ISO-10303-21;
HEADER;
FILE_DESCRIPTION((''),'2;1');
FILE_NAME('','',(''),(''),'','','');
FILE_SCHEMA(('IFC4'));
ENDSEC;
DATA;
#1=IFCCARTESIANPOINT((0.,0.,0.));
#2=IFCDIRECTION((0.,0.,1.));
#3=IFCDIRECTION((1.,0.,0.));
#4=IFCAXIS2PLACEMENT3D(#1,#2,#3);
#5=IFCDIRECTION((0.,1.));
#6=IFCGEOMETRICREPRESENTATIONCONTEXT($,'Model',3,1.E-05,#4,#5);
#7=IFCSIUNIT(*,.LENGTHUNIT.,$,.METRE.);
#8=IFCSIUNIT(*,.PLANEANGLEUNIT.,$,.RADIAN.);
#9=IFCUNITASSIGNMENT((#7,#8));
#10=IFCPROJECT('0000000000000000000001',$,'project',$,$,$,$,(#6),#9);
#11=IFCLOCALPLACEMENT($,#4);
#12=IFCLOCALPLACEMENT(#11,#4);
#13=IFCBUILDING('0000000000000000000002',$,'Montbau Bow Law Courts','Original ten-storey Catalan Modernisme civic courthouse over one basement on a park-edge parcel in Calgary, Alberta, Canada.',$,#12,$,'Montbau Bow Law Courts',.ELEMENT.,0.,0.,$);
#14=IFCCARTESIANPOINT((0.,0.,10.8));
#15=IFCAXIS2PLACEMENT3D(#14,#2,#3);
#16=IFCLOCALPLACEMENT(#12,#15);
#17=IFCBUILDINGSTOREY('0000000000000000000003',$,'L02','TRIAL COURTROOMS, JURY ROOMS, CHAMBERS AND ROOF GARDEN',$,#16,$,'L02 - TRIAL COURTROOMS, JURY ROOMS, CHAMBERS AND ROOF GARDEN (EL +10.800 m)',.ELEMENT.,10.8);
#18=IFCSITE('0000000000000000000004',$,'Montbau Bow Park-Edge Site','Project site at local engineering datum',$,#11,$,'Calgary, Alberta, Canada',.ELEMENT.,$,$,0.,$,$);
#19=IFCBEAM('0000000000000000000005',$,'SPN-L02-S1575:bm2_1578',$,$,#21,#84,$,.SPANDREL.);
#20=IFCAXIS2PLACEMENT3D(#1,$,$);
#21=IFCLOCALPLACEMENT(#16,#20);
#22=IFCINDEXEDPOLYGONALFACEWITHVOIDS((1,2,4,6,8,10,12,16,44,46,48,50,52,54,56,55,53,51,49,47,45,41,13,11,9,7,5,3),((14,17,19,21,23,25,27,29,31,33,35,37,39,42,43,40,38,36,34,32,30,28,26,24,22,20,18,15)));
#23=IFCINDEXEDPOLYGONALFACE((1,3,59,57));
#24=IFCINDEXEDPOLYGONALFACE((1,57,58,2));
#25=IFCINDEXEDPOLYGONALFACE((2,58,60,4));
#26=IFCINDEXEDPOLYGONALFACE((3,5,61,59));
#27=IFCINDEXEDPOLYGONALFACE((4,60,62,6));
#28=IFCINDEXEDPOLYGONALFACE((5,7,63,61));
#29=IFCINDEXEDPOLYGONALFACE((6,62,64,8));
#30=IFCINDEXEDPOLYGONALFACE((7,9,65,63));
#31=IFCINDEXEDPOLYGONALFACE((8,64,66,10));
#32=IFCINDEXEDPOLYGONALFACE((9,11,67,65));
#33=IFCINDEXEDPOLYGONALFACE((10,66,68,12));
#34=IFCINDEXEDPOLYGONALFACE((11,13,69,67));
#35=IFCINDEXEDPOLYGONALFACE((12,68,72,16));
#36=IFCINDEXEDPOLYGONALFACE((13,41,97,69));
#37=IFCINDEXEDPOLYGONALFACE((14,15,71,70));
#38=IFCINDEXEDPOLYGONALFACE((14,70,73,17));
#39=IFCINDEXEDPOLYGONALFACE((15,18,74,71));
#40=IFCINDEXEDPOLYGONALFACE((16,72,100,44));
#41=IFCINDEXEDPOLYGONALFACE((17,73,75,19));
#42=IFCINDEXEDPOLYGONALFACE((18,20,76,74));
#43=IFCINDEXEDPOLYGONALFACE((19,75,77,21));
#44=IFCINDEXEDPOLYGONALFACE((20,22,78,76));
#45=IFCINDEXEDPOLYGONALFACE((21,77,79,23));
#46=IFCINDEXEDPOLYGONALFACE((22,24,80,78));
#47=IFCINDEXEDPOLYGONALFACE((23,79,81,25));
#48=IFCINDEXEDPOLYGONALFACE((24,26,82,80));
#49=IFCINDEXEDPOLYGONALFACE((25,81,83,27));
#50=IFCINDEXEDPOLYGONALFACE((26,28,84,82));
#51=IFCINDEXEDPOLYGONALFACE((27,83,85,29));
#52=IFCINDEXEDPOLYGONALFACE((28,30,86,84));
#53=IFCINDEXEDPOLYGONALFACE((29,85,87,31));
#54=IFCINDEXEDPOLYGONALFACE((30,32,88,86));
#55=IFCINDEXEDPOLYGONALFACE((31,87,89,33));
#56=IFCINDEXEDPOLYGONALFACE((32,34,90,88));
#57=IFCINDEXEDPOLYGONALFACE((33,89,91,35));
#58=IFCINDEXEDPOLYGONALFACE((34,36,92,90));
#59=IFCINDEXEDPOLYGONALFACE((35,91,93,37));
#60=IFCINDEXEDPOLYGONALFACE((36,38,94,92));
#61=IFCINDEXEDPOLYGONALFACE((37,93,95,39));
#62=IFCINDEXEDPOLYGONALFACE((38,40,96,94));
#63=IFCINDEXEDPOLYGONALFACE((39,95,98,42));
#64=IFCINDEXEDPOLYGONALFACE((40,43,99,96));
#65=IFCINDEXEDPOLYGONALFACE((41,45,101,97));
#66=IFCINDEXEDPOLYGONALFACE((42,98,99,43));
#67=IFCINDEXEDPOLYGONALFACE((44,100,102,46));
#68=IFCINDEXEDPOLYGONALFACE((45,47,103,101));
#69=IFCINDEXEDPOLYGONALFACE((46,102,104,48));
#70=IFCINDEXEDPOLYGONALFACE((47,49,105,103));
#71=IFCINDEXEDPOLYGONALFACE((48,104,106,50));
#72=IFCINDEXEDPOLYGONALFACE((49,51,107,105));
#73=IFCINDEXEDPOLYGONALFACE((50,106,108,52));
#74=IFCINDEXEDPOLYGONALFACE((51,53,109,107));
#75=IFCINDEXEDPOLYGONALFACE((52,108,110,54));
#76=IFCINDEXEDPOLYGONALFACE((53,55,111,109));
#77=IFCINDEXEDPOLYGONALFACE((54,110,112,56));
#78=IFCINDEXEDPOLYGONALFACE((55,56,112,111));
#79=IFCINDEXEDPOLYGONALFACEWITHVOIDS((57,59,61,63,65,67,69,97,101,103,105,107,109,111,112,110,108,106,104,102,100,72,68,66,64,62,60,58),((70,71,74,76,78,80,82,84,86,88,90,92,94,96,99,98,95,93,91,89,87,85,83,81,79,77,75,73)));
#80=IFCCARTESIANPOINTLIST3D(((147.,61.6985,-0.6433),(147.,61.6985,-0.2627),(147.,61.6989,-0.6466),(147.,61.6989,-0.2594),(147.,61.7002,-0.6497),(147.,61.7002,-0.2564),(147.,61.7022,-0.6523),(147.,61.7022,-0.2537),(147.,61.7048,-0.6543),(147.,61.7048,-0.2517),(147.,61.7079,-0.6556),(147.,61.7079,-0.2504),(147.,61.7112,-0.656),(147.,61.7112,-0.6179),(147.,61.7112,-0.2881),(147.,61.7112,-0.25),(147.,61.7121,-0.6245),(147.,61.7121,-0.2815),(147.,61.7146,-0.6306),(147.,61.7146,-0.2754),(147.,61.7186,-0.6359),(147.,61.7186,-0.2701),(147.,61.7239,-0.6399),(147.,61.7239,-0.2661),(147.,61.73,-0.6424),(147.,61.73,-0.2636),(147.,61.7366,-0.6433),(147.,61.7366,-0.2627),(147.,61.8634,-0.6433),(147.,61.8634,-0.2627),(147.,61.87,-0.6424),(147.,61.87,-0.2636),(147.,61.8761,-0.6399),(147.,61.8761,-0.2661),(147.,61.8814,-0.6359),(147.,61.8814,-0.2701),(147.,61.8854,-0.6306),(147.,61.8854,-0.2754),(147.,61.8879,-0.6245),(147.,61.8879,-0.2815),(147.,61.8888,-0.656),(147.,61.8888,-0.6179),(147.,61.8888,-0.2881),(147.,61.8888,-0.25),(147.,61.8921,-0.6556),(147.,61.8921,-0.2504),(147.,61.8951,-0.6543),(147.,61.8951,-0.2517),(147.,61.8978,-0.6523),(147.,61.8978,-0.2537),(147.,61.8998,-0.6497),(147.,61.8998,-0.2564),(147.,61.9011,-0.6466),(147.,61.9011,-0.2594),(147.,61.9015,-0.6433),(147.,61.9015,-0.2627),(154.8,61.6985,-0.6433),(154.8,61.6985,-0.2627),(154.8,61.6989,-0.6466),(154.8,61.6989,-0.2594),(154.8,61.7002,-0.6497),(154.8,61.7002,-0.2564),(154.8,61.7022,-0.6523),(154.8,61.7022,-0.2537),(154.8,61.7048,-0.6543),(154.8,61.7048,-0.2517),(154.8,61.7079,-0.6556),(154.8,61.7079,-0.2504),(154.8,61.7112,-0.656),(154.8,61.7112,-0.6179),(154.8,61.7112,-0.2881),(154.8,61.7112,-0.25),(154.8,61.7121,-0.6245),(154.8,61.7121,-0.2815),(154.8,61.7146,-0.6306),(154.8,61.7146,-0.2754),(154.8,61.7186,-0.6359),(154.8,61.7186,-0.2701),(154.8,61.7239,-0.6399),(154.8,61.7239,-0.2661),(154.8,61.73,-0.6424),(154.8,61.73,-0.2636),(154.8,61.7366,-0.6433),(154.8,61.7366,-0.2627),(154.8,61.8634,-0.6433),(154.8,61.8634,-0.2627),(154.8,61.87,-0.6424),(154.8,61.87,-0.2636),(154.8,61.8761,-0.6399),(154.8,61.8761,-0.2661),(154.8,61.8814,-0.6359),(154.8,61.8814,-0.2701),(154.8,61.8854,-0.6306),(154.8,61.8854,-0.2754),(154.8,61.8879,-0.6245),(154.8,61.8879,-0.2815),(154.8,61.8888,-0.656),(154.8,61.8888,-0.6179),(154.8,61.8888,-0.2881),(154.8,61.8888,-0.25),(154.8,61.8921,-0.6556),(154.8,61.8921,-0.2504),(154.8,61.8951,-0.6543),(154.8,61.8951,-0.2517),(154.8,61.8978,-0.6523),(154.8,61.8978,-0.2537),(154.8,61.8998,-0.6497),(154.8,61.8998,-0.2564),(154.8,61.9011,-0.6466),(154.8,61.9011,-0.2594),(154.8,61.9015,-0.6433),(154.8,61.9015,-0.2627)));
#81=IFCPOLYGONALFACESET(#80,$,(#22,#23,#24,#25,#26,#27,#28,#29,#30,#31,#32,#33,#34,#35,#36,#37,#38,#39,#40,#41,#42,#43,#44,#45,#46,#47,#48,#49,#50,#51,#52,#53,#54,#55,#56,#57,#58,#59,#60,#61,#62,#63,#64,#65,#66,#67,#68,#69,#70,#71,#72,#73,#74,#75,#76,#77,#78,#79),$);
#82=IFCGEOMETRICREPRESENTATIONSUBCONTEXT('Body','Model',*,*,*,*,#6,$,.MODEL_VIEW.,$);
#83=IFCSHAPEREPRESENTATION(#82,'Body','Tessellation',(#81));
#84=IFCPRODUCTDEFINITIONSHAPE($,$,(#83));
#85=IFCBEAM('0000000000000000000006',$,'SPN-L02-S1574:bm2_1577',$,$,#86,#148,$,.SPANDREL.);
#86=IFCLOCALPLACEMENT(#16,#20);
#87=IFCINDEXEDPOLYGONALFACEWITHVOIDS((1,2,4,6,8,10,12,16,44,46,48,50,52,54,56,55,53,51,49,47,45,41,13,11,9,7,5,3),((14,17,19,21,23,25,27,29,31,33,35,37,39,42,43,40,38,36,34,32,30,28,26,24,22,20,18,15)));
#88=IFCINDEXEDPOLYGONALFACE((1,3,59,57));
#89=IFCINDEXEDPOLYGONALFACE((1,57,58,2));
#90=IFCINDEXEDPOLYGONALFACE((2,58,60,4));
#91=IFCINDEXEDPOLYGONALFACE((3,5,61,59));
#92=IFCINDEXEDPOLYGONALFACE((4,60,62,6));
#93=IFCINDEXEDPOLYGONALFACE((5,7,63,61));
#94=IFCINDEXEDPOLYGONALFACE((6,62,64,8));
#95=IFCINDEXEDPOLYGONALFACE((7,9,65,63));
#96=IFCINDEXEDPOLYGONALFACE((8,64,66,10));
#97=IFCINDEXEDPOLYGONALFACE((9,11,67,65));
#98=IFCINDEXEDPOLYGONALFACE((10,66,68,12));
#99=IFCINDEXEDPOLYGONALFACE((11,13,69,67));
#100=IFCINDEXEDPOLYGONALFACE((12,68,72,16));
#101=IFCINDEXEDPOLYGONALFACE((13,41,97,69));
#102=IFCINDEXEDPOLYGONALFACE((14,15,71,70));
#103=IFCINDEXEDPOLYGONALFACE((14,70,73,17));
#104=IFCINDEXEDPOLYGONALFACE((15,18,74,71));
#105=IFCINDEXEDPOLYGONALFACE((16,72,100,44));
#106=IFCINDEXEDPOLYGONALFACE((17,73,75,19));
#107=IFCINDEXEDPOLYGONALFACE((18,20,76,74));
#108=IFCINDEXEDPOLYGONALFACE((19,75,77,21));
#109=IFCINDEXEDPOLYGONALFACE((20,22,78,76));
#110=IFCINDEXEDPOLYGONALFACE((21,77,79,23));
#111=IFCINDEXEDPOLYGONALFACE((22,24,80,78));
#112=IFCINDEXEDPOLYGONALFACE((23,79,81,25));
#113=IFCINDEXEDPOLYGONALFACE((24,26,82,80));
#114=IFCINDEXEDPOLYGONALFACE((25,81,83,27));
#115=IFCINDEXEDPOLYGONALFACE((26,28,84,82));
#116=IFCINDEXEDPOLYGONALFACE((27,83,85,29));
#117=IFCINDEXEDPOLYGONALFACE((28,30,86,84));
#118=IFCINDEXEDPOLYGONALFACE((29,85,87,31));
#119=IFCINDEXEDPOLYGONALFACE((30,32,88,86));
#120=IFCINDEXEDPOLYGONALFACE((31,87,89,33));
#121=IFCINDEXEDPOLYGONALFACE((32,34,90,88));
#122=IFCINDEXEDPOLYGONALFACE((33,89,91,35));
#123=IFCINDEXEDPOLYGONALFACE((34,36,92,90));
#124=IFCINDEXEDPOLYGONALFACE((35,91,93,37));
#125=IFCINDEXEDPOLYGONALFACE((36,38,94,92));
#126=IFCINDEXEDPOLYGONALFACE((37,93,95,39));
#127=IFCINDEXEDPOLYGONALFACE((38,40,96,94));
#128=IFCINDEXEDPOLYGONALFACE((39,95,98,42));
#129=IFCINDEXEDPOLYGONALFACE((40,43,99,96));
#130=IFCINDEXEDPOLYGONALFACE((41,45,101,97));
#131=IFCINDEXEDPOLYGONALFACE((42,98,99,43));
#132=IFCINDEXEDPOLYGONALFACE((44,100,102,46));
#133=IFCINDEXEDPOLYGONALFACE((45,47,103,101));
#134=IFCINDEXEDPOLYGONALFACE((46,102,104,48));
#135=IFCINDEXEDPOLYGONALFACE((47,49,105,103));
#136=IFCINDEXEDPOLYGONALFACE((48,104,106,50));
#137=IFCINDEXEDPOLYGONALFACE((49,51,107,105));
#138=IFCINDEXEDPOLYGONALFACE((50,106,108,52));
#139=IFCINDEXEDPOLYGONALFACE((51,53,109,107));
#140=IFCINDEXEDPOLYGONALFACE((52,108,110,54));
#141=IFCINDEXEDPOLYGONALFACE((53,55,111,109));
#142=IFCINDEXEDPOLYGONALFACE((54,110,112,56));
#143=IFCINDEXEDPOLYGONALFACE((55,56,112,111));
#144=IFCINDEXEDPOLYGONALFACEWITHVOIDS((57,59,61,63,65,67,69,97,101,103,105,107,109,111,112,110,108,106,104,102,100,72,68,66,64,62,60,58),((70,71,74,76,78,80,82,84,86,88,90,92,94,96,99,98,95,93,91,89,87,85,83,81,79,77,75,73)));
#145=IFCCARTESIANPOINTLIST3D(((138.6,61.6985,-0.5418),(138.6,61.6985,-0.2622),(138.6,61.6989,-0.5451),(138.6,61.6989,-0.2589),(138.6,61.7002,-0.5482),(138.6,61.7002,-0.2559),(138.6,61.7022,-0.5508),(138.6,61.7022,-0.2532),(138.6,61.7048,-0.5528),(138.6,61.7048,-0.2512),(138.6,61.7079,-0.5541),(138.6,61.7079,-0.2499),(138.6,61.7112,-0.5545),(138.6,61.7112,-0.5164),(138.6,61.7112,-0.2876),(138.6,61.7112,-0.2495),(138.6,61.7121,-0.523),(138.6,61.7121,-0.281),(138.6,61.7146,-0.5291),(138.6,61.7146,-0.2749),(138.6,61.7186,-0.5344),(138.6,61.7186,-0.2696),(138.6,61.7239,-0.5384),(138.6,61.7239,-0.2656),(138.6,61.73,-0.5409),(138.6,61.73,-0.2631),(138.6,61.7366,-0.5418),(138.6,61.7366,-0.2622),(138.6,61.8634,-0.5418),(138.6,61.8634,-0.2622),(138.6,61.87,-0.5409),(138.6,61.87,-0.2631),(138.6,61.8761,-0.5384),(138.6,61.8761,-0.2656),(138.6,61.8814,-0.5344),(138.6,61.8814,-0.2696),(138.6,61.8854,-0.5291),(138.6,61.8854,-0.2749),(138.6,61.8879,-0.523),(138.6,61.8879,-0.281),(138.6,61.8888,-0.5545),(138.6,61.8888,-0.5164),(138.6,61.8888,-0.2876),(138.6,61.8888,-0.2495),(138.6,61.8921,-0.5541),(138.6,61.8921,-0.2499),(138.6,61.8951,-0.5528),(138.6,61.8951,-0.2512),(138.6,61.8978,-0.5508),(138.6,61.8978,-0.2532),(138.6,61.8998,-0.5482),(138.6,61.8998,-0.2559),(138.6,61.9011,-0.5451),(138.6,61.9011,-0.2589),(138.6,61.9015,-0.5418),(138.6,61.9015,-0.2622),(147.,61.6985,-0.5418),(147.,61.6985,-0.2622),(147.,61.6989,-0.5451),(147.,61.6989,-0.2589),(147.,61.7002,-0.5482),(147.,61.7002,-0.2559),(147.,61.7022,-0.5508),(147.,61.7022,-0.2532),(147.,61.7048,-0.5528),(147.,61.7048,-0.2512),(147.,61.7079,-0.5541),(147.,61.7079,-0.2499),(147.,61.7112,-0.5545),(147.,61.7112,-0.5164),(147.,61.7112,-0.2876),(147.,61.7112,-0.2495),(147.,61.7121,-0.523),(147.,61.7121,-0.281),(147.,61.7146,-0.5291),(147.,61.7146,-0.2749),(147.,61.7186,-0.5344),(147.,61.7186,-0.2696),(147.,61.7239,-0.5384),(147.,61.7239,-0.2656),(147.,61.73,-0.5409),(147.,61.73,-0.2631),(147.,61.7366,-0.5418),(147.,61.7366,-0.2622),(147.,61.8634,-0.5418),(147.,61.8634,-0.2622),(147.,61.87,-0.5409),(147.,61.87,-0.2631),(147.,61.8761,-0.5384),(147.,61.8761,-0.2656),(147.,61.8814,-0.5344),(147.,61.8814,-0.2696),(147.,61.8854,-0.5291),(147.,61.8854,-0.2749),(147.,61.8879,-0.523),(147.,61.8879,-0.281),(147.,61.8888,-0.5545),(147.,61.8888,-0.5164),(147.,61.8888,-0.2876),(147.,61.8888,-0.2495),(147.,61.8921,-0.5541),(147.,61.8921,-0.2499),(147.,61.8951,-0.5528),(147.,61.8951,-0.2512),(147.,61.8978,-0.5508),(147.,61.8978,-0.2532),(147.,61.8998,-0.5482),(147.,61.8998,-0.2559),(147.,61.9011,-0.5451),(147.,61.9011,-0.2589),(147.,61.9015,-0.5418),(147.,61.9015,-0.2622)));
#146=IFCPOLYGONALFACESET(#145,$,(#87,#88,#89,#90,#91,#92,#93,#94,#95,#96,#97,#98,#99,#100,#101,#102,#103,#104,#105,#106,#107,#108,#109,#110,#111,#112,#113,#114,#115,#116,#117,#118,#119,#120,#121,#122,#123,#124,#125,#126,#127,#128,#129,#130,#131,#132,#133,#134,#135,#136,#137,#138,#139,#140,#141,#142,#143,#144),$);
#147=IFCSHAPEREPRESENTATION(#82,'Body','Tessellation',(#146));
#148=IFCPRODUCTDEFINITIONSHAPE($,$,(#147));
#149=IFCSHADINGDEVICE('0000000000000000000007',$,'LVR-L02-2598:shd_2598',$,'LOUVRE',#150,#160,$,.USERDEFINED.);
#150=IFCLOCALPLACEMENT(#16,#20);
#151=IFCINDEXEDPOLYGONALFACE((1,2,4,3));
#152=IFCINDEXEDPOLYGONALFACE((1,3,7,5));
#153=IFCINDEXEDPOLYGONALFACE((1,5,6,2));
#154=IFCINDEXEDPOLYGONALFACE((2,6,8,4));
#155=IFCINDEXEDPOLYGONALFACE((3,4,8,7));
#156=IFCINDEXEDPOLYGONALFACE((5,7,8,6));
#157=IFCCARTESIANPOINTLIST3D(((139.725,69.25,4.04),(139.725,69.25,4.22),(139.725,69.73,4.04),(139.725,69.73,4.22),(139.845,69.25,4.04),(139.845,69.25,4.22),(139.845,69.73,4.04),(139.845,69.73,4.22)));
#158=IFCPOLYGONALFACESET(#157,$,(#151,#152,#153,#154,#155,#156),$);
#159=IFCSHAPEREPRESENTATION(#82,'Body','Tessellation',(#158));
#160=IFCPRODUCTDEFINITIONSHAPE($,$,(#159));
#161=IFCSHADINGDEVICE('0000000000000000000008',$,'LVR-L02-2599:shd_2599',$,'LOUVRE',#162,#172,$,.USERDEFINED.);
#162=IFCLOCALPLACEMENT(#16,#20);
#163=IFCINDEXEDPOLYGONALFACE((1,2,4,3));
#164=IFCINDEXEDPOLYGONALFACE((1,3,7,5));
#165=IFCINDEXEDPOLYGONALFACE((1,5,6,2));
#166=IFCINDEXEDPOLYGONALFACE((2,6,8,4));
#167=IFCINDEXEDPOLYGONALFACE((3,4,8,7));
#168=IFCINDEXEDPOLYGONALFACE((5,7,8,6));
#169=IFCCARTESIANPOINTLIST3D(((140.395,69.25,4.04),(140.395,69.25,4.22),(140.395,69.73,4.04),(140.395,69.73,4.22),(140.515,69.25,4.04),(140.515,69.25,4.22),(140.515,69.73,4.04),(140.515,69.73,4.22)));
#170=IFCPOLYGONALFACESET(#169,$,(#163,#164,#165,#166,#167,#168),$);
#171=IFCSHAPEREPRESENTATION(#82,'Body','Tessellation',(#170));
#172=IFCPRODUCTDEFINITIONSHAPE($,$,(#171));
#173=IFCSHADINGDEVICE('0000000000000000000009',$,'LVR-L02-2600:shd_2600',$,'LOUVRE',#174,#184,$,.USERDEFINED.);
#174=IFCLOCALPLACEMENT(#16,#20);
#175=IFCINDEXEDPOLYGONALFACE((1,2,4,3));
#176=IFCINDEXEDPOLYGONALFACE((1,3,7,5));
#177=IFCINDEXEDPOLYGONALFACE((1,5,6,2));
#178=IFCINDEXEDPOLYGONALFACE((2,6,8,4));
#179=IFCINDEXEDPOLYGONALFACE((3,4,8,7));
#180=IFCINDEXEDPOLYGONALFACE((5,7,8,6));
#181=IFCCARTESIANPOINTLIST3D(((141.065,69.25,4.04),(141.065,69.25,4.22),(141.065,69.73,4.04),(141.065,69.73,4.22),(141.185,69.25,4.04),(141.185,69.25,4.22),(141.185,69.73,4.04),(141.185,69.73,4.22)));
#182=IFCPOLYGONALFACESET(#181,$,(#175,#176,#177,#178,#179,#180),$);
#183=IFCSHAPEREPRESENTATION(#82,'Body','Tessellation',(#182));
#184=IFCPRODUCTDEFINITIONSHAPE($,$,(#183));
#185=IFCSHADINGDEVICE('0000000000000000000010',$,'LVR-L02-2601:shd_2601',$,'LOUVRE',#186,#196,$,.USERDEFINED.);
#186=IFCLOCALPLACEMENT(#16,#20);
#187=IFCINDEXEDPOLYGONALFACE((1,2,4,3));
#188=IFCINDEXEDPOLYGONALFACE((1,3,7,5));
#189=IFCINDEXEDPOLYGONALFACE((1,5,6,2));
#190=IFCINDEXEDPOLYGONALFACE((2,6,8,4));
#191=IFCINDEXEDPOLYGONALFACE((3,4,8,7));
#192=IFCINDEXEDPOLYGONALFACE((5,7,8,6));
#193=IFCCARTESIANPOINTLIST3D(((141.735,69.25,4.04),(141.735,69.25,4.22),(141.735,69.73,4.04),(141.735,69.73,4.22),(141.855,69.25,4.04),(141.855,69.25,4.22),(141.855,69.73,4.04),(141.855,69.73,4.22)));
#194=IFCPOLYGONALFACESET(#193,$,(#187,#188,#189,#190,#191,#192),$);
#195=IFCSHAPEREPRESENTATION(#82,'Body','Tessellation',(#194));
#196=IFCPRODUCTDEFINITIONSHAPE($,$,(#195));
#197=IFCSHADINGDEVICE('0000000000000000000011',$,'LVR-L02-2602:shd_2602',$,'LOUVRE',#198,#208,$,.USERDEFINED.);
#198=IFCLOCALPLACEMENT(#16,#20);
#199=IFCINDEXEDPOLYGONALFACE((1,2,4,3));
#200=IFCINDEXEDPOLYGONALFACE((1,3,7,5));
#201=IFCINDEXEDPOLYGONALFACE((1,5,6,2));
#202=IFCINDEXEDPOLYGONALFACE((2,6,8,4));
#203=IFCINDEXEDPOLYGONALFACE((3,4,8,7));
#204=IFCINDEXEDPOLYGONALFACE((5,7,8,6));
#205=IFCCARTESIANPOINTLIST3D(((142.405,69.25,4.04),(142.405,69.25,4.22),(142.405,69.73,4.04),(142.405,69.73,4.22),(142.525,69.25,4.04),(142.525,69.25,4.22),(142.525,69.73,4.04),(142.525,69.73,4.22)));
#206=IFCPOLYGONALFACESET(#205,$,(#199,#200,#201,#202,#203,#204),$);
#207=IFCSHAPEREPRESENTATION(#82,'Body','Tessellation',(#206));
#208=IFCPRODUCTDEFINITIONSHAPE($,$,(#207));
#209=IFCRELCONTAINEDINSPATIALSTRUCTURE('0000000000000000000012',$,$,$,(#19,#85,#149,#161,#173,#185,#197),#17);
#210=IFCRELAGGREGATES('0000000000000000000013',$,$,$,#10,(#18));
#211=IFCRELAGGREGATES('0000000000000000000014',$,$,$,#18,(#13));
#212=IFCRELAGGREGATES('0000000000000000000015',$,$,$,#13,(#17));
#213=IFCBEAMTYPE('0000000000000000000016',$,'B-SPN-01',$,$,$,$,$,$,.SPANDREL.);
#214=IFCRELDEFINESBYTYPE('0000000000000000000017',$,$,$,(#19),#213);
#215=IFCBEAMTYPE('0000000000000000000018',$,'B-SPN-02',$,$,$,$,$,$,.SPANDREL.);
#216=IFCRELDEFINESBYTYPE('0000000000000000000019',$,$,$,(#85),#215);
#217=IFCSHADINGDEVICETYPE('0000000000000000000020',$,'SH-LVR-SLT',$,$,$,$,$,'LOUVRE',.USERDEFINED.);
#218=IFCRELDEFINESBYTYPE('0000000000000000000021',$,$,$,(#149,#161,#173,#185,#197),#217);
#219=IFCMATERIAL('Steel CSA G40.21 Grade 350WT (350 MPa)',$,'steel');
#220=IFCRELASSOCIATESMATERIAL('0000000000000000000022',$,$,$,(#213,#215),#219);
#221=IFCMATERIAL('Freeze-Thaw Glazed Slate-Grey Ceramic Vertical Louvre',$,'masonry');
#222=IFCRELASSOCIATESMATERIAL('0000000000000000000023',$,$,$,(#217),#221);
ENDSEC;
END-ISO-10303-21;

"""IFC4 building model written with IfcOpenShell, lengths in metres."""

from ifc_helpers import new_model, si_unit, direction, frame, origin_with_axes, origin_2d_with_axis, place, context, subcontext, project, spatial, rectangle, hollow_rectangle, extrude, material, material_profile, profile_set, type_object, element, save


model = new_model("IFC4")

# Units and contexts
model_context = context("Model", 3, precision=1e-05, world=origin_with_axes(), true_north=direction((0.0, 1.0)))
body_context = subcontext(model_context, "Body", "Model", "MODEL_VIEW")
ifc_project = project(units=[si_unit("LENGTHUNIT", "METRE"), si_unit("PLANEANGLEUNIT", "RADIAN")], contexts=[model_context])

# Site, building, storey
site_placement = place(None, origin_with_axes())
site = spatial("IfcSite", under=ifc_project, at=site_placement, Name="Montbau Bow Park-Edge Site", Description="Project site at local engineering datum", LongName="Calgary, Alberta, Canada", CompositionType="ELEMENT", RefElevation=0.0)
building_placement = place(site_placement, origin_with_axes())
building = spatial("IfcBuilding", under=site, at=building_placement, Name="Montbau Bow Law Courts", Description="Original ten-storey Catalan Modernisme civic courthouse over one basement on a park-edge parcel in Calgary, Alberta, Canada.", LongName="Montbau Bow Law Courts", CompositionType="ELEMENT", ElevationOfRefHeight=0.0, ElevationOfTerrain=0.0)
storey_placement = place(building_placement, frame((0.0, 0.0, 10.8), z_axis=(0.0, 0.0, 1.0), x_axis=(1.0, 0.0, 0.0)))
storey = spatial("IfcBuildingStorey", under=building, at=storey_placement, Name="L02", Description="TRIAL COURTROOMS, JURY ROOMS, CHAMBERS AND ROOF GARDEN", LongName="L02 - TRIAL COURTROOMS, JURY ROOMS, CHAMBERS AND ROOF GARDEN (EL +10.800 m)", CompositionType="ELEMENT", Elevation=10.8)

# Beams
ifc_material_1 = material(Name="Steel CSA G40.21 Grade 350WT (350 MPa)", Category="steel")
ifc_material_profile_1 = material_profile(ifc_material_1, hollow_rectangle(XDim=0.203, YDim=0.406, WallThickness=0.0127, InnerFilletRadius=0.0254, OuterFilletRadius=0.0127, at=origin_2d_with_axis()), Name="HSS406X203X13", Category="Main", Priority=0)
ifc_profile_set_1 = profile_set([ifc_material_profile_1], Name="Steel CSA G40.21 Grade 350WT (350 MPa)")
beam_type_1 = type_object("IfcBeamType", Name="B-SPN-01", PredefinedType="SPANDREL", material=ifc_profile_set_1)
beam_1_placement = place(None, frame((147.0, 61.8, 10.347), z_axis=(1.0, 0.0, 0.0), x_axis=(0.0, 1.0, 0.0)))
element("IfcBeam", 1, at=beam_1_placement, inside=storey, type_object=beam_type_1, Name="SPN-L02-S1575:bm2_1578", PredefinedType="SPANDREL", context=body_context, shape_type="SweptSolid", body=[
    extrude(hollow_rectangle(XDim=0.203, YDim=0.406, WallThickness=0.0127, InnerFilletRadius=0.0254, OuterFilletRadius=0.0127, at=origin_2d_with_axis()), origin_with_axes(), (0.0, 0.0, 1.0), 7.8),
])
ifc_material_profile_2 = material_profile(ifc_material_1, hollow_rectangle(XDim=0.203, YDim=0.305, WallThickness=0.0127, InnerFilletRadius=0.0254, OuterFilletRadius=0.0127, at=origin_2d_with_axis()), Name="HSS305X203X13", Category="Main", Priority=0)
ifc_profile_set_2 = profile_set([ifc_material_profile_2], Name="Steel CSA G40.21 Grade 350WT (350 MPa)")
beam_type_2 = type_object("IfcBeamType", Name="B-SPN-02", PredefinedType="SPANDREL", material=ifc_profile_set_2)
beam_2_placement = place(None, frame((138.6, 61.8, 10.398), z_axis=(1.0, 0.0, 0.0), x_axis=(0.0, 1.0, 0.0)))
element("IfcBeam", 2, at=beam_2_placement, inside=storey, type_object=beam_type_2, Name="SPN-L02-S1574:bm2_1577", PredefinedType="SPANDREL", context=body_context, shape_type="SweptSolid", body=[
    extrude(hollow_rectangle(XDim=0.203, YDim=0.305, WallThickness=0.0127, InnerFilletRadius=0.0254, OuterFilletRadius=0.0127, at=origin_2d_with_axis()), origin_with_axes(), (0.0, 0.0, 1.0), 8.4),
])

# Shading devices
ifc_material_2 = material(Name="Freeze-Thaw Glazed Slate-Grey Ceramic Vertical Louvre", Category="masonry")
shading_device_type = type_object("IfcShadingDeviceType", Name="SH-LVR-SLT", ElementType="LOUVRE", PredefinedType="USERDEFINED", material=ifc_material_2)
for number, where, z_axis, x_axis, name in (
    (3, (139.785, 69.49, 14.84), (0.0, 0.0, 1.0), (0.0, -1.0, 0.0), "LVR-L02-2598:shd_2598"),
    (4, (140.455, 69.49, 14.84), (0.0, 0.0, 1.0), (0.0, -1.0, 0.0), "LVR-L02-2599:shd_2599"),
    (5, (141.125, 69.49, 14.84), (0.0, 0.0, 1.0), (0.0, -1.0, 0.0), "LVR-L02-2600:shd_2600"),
    (6, (141.795, 69.49, 14.84), (0.0, 0.0, 1.0), (0.0, -1.0, 0.0), "LVR-L02-2601:shd_2601"),
    (7, (142.465, 69.49, 14.84), (0.0, 0.0, 1.0), (0.0, -1.0, 0.0), "LVR-L02-2602:shd_2602"),
):
    element("IfcShadingDevice", number, at=place(None, frame(where, z_axis=z_axis, x_axis=x_axis)), inside=storey, type_object=shading_device_type, Name=name, ObjectType="LOUVRE", PredefinedType="USERDEFINED", context=body_context, shape_type="SweptSolid", body=[
        extrude(rectangle(XDim=0.48, YDim=0.12, at=origin_2d_with_axis()), origin_with_axes(), (0.0, 0.0, 1.0), 0.18),
    ])

save(model, "model.ifc")
